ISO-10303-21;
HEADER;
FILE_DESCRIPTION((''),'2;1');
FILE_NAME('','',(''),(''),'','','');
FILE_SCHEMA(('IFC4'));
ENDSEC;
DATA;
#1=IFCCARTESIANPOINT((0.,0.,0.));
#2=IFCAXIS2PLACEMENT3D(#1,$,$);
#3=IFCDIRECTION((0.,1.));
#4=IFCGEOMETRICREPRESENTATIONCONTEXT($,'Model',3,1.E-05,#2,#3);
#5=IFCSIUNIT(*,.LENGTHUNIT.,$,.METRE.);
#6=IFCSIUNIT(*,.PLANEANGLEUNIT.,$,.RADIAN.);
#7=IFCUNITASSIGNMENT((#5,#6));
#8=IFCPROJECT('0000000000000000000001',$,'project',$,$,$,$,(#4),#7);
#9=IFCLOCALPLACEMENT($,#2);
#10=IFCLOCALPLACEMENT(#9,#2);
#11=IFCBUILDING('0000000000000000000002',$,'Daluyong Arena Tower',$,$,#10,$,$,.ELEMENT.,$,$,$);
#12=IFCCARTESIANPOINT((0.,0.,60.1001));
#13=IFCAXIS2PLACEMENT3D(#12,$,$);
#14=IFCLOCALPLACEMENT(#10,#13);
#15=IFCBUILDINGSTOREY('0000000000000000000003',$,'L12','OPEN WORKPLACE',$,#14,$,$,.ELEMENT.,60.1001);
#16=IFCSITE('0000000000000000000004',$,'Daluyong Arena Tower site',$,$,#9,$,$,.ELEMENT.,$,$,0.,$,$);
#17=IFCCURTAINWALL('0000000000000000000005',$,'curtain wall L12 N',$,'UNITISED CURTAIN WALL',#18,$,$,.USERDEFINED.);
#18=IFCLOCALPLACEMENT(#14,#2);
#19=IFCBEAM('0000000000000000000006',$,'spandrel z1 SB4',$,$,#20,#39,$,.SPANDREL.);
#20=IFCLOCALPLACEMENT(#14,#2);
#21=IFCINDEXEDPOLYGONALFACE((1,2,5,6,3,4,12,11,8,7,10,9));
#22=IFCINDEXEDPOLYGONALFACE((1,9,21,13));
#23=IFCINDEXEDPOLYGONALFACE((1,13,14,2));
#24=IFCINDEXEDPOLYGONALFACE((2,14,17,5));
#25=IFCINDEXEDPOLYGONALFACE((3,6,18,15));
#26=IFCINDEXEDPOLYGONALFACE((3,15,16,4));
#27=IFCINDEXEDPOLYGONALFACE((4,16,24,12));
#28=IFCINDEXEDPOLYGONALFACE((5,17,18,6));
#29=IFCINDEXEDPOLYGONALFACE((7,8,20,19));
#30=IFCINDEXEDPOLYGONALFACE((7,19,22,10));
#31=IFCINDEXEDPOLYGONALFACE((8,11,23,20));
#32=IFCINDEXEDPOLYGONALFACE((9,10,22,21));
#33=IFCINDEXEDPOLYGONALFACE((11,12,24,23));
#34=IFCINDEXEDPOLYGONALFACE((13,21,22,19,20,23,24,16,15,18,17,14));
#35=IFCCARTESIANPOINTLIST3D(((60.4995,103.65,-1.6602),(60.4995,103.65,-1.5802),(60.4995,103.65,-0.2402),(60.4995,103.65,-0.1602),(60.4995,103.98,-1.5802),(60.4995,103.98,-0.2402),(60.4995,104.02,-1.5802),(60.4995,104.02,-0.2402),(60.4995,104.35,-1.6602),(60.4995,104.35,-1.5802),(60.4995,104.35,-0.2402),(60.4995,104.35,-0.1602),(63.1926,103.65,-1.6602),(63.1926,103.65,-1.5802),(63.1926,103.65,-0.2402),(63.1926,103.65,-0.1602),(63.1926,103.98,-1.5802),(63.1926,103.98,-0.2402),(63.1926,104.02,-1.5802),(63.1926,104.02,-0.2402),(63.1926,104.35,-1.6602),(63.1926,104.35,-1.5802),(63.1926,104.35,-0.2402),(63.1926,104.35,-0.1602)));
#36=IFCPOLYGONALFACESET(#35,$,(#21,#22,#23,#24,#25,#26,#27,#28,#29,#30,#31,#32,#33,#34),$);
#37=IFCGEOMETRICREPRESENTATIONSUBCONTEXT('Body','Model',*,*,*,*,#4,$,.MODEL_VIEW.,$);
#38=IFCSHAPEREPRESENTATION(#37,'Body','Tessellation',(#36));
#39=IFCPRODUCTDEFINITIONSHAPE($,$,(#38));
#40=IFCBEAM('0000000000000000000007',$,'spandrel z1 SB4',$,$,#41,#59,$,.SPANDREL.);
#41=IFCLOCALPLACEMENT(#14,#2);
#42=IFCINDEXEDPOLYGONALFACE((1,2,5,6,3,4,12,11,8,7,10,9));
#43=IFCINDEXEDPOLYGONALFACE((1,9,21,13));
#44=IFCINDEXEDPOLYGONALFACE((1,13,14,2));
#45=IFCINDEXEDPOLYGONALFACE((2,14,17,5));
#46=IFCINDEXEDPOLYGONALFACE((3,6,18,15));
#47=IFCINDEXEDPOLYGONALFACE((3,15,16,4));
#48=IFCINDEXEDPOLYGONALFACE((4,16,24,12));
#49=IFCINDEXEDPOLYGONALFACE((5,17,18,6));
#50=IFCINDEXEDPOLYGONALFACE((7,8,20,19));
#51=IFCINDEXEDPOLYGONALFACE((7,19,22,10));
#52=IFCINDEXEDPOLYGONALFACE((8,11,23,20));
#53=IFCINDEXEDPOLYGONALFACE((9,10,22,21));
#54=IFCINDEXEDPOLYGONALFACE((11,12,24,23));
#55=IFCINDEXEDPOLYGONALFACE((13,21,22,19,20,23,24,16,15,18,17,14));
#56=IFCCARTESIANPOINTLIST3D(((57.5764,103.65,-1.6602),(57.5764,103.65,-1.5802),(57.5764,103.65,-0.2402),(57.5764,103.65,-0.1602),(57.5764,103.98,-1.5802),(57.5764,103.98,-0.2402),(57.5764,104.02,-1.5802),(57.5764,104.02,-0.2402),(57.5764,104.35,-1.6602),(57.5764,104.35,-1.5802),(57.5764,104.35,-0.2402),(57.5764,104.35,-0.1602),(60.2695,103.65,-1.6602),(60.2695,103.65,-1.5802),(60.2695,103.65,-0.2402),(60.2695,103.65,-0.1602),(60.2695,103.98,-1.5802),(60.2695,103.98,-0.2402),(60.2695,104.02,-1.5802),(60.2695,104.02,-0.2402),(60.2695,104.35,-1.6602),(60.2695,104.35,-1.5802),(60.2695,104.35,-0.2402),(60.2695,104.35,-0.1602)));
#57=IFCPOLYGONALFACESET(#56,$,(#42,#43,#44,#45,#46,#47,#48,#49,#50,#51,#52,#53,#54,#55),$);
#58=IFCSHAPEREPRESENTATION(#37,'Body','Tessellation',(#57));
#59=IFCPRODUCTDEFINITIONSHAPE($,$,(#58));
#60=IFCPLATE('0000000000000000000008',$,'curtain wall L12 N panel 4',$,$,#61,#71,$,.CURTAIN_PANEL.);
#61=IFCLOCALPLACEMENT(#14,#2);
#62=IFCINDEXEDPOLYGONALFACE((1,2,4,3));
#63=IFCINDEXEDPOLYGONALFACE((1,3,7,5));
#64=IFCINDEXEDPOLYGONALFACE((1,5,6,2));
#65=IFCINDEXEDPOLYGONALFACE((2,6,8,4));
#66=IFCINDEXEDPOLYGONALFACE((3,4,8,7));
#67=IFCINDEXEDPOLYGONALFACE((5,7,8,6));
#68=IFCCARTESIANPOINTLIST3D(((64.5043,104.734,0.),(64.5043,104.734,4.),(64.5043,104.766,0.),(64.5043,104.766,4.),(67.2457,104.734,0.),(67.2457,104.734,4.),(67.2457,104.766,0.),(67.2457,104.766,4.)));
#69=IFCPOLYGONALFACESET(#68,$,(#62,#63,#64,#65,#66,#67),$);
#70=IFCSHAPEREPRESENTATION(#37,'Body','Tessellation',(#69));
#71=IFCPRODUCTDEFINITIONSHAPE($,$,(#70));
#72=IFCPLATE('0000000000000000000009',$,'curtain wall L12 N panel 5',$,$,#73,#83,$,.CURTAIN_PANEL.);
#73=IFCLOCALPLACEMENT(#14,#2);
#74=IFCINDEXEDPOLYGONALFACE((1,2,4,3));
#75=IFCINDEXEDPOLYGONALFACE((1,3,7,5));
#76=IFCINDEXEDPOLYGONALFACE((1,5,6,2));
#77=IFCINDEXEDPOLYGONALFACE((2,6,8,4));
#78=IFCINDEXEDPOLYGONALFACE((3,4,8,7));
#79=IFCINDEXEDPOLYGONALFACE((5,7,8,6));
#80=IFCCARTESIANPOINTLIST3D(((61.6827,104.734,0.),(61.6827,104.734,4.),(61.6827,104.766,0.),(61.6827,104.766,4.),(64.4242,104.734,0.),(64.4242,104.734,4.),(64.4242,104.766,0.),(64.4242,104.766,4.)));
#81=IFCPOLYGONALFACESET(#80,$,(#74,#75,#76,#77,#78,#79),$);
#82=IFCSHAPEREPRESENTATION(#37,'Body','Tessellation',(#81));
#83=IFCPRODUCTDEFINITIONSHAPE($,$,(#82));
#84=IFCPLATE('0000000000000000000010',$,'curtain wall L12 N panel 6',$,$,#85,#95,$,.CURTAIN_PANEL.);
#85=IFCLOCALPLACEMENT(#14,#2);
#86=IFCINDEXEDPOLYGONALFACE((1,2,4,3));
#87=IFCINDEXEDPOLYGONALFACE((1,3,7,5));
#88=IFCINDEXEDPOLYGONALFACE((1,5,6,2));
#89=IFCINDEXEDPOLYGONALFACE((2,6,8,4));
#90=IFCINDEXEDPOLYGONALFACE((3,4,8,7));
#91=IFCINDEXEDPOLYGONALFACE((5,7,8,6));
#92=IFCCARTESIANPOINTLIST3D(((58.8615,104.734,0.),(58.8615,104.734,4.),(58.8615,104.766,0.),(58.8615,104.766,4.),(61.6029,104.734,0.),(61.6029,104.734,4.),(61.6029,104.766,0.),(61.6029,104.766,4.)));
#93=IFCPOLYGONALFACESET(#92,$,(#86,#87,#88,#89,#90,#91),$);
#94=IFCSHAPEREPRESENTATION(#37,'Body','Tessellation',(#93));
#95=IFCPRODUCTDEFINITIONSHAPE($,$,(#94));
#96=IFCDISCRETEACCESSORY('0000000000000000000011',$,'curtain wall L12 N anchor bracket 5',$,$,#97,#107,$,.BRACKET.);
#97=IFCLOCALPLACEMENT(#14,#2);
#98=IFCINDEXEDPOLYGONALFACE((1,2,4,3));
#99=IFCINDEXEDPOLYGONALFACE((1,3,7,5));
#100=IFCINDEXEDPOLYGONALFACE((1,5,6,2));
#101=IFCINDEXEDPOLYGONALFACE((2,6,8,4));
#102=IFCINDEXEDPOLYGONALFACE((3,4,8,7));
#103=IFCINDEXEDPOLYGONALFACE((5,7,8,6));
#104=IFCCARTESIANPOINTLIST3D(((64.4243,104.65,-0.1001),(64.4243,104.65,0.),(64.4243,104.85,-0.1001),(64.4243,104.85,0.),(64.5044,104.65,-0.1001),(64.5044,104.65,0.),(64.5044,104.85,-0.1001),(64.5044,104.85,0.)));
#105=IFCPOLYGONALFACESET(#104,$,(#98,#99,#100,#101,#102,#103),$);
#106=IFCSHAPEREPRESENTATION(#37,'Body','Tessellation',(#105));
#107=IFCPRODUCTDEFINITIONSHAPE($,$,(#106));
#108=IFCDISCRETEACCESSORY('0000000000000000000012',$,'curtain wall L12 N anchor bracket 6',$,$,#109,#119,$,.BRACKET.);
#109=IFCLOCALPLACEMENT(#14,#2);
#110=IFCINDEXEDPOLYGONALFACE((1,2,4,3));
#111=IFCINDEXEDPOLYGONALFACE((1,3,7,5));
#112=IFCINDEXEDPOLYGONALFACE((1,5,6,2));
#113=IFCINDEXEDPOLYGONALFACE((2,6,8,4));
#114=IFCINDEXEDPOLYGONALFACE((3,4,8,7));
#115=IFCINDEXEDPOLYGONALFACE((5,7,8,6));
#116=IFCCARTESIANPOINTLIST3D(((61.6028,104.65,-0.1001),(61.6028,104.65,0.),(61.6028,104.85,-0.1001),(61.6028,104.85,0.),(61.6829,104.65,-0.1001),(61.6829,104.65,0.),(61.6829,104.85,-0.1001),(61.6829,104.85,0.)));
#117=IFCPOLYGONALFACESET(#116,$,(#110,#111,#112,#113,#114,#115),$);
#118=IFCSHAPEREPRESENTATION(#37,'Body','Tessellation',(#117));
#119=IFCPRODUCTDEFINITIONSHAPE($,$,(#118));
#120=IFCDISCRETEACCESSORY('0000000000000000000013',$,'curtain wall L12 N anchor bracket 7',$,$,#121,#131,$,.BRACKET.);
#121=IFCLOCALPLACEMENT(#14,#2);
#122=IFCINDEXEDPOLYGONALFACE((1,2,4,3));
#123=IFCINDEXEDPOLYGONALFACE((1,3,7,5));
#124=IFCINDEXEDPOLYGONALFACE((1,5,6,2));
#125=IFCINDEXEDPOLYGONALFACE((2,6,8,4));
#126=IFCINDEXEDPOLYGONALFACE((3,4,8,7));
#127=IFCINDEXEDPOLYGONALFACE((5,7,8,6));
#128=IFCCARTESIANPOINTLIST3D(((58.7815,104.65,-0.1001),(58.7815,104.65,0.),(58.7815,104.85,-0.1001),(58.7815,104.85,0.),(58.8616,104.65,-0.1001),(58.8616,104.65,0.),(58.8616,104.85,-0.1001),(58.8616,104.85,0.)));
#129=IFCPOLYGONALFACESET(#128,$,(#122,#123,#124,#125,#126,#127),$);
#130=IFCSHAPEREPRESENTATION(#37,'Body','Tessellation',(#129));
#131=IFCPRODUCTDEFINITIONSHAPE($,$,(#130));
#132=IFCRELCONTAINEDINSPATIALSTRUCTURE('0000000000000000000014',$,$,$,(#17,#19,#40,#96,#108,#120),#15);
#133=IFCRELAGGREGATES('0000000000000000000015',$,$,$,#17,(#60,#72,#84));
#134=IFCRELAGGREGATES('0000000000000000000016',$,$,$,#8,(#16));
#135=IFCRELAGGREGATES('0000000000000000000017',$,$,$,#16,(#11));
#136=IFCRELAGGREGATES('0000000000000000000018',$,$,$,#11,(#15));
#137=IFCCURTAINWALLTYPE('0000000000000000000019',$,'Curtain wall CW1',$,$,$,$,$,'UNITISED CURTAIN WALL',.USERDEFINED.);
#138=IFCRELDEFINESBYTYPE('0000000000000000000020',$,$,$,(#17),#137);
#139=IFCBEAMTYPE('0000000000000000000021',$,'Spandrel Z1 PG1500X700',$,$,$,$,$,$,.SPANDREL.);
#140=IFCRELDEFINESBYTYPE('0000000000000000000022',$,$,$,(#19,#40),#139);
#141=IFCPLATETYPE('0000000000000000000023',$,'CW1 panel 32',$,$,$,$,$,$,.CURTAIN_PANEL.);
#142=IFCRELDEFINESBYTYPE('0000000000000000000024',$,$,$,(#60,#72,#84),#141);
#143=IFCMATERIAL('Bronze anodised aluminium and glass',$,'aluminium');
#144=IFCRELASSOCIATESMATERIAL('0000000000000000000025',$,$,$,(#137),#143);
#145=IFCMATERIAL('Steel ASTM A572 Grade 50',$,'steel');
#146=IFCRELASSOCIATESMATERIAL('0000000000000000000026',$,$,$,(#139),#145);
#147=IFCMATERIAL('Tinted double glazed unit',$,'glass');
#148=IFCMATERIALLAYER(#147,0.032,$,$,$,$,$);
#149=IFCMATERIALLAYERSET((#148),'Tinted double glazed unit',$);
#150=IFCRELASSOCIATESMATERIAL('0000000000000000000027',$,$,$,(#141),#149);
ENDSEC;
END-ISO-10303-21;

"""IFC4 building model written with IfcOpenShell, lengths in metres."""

from ifc_helpers import new_model, si_unit, direction, frame, origin, origin_2d, place, context, subcontext, project, spatial, rectangle, i_section, extrude, material, layer, layer_set, material_profile, profile_set, type_object, element, aggregate, save


model = new_model("IFC4")

# Units and contexts
model_context = context("Model", 3, precision=1e-05, world=origin(), true_north=direction((0.0, 1.0)))
body_context = subcontext(model_context, "Body", "Model", "MODEL_VIEW")
ifc_project = project(units=[si_unit("LENGTHUNIT", "METRE"), si_unit("PLANEANGLEUNIT", "RADIAN")], contexts=[model_context])

# Site, building, storey
site_placement = place(None, origin())
site = spatial("IfcSite", under=ifc_project, at=site_placement, Name="Daluyong Arena Tower site", CompositionType="ELEMENT", RefElevation=0.0)
building_placement = place(site_placement, origin())
building = spatial("IfcBuilding", under=site, at=building_placement, Name="Daluyong Arena Tower", CompositionType="ELEMENT")
storey_placement = place(building_placement, frame((0.0, 0.0, 60.1001)))
storey = spatial("IfcBuildingStorey", under=building, at=storey_placement, Name="L12", Description="OPEN WORKPLACE", CompositionType="ELEMENT", Elevation=60.1001)

# Curtain wall
ifc_material_1 = material(Name="Bronze anodised aluminium and glass", Category="aluminium")
curtain_wall_type = type_object("IfcCurtainWallType", Name="Curtain wall CW1", ElementType="UNITISED CURTAIN WALL", PredefinedType="USERDEFINED", material=ifc_material_1)
curtain_wall_placement = place(storey_placement, origin())
curtain_wall = element("IfcCurtainWall", 1, at=curtain_wall_placement, inside=storey, type_object=curtain_wall_type, Name="curtain wall L12 N", ObjectType="UNITISED CURTAIN WALL", PredefinedType="USERDEFINED")

# Beams
ifc_material_2 = material(Name="Steel ASTM A572 Grade 50", Category="steel")
ifc_material_profile_1 = material_profile(ifc_material_2, i_section(OverallWidth=0.7, OverallDepth=1.5, WebThickness=0.04, FlangeThickness=0.08, at=origin_2d()))
ifc_profile_set_1 = profile_set([ifc_material_profile_1], Name="Steel ASTM A572 Grade 50")
beam_type_1 = type_object("IfcBeamType", Name="Spandrel Z1 PG1500X700", PredefinedType="SPANDREL", material=ifc_profile_set_1)
for number, where, z_axis, x_axis, name in (
    (2, (63.1926, 104.0, -0.9102), (-1.0, 0.0, 0.0), (0.0, -1.0, 0.0), "spandrel z1 SB4"),
    (3, (60.2695, 104.0, -0.9102), (-1.0, 0.0, 0.0), (0.0, -1.0, 0.0), "spandrel z1 SB4"),
):
    element("IfcBeam", number, at=place(storey_placement, frame(where, z_axis=z_axis, x_axis=x_axis)), inside=storey, type_object=beam_type_1, Name=name, PredefinedType="SPANDREL", context=body_context, shape_type="SweptSolid", body=[
        extrude(i_section(OverallWidth=0.7, OverallDepth=1.5, WebThickness=0.04, FlangeThickness=0.08, at=origin_2d()), origin(), (0.0, 0.0, 1.0), 2.6931),
    ])

# Plates
ifc_material_3 = material(Name="Tinted double glazed unit", Category="glass")
ifc_layer = layer(ifc_material_3, 0.032)
ifc_layer_set = layer_set([ifc_layer], Name="Tinted double glazed unit")
plate_type = type_object("IfcPlateType", Name="CW1 panel 32", PredefinedType="CURTAIN_PANEL", material=ifc_layer_set)
plate_1_placement = place(storey_placement, frame((65.875, 104.75, 0.0), z_axis=(0.0, 0.0, 1.0), x_axis=(-1.0, 0.0, 0.0)))
plate_1 = element("IfcPlate", 4, at=plate_1_placement, type_object=plate_type, Name="curtain wall L12 N panel 4", PredefinedType="CURTAIN_PANEL", context=body_context, shape_type="SweptSolid", body=[
    extrude(rectangle(XDim=2.7415, YDim=0.032, at=origin_2d()), origin(), (0.0, 0.0, 1.0), 4.0),
])
plate_2_placement = place(storey_placement, frame((63.0535, 104.75, 0.0), z_axis=(0.0, 0.0, 1.0), x_axis=(-1.0, 0.0, 0.0)))
plate_2 = element("IfcPlate", 5, at=plate_2_placement, type_object=plate_type, Name="curtain wall L12 N panel 5", PredefinedType="CURTAIN_PANEL", context=body_context, shape_type="SweptSolid", body=[
    extrude(rectangle(XDim=2.7415, YDim=0.032, at=origin_2d()), origin(), (0.0, 0.0, 1.0), 4.0),
])
plate_3_placement = place(storey_placement, frame((60.2322, 104.75, 0.0), z_axis=(0.0, 0.0, 1.0), x_axis=(-1.0, 0.0, 0.0)))
plate_3 = element("IfcPlate", 6, at=plate_3_placement, type_object=plate_type, Name="curtain wall L12 N panel 6", PredefinedType="CURTAIN_PANEL", context=body_context, shape_type="SweptSolid", body=[
    extrude(rectangle(XDim=2.7415, YDim=0.032, at=origin_2d()), origin(), (0.0, 0.0, 1.0), 4.0),
])
aggregate(curtain_wall, [plate_1, plate_2, plate_3])

# Discrete accessories
for number, where, z_axis, x_axis, name in (
    (7, (64.4644, 104.75, -0.1001), (0.0, 0.0, 1.0), (-1.0, 0.0, 0.0), "curtain wall L12 N anchor bracket 5"),
    (8, (61.6428, 104.75, -0.1001), (0.0, 0.0, 1.0), (-1.0, 0.0, 0.0), "curtain wall L12 N anchor bracket 6"),
    (9, (58.8215, 104.75, -0.1001), (0.0, 0.0, 1.0), (-1.0, 0.0, 0.0), "curtain wall L12 N anchor bracket 7"),
):
    element("IfcDiscreteAccessory", number, at=place(storey_placement, frame(where, z_axis=z_axis, x_axis=x_axis)), inside=storey, Name=name, PredefinedType="BRACKET", context=body_context, shape_type="SweptSolid", body=[
        extrude(rectangle(XDim=0.0801, YDim=0.2, at=origin_2d()), origin(), (0.0, 0.0, 1.0), 0.1001),
    ])

save(model, "model.ifc")
